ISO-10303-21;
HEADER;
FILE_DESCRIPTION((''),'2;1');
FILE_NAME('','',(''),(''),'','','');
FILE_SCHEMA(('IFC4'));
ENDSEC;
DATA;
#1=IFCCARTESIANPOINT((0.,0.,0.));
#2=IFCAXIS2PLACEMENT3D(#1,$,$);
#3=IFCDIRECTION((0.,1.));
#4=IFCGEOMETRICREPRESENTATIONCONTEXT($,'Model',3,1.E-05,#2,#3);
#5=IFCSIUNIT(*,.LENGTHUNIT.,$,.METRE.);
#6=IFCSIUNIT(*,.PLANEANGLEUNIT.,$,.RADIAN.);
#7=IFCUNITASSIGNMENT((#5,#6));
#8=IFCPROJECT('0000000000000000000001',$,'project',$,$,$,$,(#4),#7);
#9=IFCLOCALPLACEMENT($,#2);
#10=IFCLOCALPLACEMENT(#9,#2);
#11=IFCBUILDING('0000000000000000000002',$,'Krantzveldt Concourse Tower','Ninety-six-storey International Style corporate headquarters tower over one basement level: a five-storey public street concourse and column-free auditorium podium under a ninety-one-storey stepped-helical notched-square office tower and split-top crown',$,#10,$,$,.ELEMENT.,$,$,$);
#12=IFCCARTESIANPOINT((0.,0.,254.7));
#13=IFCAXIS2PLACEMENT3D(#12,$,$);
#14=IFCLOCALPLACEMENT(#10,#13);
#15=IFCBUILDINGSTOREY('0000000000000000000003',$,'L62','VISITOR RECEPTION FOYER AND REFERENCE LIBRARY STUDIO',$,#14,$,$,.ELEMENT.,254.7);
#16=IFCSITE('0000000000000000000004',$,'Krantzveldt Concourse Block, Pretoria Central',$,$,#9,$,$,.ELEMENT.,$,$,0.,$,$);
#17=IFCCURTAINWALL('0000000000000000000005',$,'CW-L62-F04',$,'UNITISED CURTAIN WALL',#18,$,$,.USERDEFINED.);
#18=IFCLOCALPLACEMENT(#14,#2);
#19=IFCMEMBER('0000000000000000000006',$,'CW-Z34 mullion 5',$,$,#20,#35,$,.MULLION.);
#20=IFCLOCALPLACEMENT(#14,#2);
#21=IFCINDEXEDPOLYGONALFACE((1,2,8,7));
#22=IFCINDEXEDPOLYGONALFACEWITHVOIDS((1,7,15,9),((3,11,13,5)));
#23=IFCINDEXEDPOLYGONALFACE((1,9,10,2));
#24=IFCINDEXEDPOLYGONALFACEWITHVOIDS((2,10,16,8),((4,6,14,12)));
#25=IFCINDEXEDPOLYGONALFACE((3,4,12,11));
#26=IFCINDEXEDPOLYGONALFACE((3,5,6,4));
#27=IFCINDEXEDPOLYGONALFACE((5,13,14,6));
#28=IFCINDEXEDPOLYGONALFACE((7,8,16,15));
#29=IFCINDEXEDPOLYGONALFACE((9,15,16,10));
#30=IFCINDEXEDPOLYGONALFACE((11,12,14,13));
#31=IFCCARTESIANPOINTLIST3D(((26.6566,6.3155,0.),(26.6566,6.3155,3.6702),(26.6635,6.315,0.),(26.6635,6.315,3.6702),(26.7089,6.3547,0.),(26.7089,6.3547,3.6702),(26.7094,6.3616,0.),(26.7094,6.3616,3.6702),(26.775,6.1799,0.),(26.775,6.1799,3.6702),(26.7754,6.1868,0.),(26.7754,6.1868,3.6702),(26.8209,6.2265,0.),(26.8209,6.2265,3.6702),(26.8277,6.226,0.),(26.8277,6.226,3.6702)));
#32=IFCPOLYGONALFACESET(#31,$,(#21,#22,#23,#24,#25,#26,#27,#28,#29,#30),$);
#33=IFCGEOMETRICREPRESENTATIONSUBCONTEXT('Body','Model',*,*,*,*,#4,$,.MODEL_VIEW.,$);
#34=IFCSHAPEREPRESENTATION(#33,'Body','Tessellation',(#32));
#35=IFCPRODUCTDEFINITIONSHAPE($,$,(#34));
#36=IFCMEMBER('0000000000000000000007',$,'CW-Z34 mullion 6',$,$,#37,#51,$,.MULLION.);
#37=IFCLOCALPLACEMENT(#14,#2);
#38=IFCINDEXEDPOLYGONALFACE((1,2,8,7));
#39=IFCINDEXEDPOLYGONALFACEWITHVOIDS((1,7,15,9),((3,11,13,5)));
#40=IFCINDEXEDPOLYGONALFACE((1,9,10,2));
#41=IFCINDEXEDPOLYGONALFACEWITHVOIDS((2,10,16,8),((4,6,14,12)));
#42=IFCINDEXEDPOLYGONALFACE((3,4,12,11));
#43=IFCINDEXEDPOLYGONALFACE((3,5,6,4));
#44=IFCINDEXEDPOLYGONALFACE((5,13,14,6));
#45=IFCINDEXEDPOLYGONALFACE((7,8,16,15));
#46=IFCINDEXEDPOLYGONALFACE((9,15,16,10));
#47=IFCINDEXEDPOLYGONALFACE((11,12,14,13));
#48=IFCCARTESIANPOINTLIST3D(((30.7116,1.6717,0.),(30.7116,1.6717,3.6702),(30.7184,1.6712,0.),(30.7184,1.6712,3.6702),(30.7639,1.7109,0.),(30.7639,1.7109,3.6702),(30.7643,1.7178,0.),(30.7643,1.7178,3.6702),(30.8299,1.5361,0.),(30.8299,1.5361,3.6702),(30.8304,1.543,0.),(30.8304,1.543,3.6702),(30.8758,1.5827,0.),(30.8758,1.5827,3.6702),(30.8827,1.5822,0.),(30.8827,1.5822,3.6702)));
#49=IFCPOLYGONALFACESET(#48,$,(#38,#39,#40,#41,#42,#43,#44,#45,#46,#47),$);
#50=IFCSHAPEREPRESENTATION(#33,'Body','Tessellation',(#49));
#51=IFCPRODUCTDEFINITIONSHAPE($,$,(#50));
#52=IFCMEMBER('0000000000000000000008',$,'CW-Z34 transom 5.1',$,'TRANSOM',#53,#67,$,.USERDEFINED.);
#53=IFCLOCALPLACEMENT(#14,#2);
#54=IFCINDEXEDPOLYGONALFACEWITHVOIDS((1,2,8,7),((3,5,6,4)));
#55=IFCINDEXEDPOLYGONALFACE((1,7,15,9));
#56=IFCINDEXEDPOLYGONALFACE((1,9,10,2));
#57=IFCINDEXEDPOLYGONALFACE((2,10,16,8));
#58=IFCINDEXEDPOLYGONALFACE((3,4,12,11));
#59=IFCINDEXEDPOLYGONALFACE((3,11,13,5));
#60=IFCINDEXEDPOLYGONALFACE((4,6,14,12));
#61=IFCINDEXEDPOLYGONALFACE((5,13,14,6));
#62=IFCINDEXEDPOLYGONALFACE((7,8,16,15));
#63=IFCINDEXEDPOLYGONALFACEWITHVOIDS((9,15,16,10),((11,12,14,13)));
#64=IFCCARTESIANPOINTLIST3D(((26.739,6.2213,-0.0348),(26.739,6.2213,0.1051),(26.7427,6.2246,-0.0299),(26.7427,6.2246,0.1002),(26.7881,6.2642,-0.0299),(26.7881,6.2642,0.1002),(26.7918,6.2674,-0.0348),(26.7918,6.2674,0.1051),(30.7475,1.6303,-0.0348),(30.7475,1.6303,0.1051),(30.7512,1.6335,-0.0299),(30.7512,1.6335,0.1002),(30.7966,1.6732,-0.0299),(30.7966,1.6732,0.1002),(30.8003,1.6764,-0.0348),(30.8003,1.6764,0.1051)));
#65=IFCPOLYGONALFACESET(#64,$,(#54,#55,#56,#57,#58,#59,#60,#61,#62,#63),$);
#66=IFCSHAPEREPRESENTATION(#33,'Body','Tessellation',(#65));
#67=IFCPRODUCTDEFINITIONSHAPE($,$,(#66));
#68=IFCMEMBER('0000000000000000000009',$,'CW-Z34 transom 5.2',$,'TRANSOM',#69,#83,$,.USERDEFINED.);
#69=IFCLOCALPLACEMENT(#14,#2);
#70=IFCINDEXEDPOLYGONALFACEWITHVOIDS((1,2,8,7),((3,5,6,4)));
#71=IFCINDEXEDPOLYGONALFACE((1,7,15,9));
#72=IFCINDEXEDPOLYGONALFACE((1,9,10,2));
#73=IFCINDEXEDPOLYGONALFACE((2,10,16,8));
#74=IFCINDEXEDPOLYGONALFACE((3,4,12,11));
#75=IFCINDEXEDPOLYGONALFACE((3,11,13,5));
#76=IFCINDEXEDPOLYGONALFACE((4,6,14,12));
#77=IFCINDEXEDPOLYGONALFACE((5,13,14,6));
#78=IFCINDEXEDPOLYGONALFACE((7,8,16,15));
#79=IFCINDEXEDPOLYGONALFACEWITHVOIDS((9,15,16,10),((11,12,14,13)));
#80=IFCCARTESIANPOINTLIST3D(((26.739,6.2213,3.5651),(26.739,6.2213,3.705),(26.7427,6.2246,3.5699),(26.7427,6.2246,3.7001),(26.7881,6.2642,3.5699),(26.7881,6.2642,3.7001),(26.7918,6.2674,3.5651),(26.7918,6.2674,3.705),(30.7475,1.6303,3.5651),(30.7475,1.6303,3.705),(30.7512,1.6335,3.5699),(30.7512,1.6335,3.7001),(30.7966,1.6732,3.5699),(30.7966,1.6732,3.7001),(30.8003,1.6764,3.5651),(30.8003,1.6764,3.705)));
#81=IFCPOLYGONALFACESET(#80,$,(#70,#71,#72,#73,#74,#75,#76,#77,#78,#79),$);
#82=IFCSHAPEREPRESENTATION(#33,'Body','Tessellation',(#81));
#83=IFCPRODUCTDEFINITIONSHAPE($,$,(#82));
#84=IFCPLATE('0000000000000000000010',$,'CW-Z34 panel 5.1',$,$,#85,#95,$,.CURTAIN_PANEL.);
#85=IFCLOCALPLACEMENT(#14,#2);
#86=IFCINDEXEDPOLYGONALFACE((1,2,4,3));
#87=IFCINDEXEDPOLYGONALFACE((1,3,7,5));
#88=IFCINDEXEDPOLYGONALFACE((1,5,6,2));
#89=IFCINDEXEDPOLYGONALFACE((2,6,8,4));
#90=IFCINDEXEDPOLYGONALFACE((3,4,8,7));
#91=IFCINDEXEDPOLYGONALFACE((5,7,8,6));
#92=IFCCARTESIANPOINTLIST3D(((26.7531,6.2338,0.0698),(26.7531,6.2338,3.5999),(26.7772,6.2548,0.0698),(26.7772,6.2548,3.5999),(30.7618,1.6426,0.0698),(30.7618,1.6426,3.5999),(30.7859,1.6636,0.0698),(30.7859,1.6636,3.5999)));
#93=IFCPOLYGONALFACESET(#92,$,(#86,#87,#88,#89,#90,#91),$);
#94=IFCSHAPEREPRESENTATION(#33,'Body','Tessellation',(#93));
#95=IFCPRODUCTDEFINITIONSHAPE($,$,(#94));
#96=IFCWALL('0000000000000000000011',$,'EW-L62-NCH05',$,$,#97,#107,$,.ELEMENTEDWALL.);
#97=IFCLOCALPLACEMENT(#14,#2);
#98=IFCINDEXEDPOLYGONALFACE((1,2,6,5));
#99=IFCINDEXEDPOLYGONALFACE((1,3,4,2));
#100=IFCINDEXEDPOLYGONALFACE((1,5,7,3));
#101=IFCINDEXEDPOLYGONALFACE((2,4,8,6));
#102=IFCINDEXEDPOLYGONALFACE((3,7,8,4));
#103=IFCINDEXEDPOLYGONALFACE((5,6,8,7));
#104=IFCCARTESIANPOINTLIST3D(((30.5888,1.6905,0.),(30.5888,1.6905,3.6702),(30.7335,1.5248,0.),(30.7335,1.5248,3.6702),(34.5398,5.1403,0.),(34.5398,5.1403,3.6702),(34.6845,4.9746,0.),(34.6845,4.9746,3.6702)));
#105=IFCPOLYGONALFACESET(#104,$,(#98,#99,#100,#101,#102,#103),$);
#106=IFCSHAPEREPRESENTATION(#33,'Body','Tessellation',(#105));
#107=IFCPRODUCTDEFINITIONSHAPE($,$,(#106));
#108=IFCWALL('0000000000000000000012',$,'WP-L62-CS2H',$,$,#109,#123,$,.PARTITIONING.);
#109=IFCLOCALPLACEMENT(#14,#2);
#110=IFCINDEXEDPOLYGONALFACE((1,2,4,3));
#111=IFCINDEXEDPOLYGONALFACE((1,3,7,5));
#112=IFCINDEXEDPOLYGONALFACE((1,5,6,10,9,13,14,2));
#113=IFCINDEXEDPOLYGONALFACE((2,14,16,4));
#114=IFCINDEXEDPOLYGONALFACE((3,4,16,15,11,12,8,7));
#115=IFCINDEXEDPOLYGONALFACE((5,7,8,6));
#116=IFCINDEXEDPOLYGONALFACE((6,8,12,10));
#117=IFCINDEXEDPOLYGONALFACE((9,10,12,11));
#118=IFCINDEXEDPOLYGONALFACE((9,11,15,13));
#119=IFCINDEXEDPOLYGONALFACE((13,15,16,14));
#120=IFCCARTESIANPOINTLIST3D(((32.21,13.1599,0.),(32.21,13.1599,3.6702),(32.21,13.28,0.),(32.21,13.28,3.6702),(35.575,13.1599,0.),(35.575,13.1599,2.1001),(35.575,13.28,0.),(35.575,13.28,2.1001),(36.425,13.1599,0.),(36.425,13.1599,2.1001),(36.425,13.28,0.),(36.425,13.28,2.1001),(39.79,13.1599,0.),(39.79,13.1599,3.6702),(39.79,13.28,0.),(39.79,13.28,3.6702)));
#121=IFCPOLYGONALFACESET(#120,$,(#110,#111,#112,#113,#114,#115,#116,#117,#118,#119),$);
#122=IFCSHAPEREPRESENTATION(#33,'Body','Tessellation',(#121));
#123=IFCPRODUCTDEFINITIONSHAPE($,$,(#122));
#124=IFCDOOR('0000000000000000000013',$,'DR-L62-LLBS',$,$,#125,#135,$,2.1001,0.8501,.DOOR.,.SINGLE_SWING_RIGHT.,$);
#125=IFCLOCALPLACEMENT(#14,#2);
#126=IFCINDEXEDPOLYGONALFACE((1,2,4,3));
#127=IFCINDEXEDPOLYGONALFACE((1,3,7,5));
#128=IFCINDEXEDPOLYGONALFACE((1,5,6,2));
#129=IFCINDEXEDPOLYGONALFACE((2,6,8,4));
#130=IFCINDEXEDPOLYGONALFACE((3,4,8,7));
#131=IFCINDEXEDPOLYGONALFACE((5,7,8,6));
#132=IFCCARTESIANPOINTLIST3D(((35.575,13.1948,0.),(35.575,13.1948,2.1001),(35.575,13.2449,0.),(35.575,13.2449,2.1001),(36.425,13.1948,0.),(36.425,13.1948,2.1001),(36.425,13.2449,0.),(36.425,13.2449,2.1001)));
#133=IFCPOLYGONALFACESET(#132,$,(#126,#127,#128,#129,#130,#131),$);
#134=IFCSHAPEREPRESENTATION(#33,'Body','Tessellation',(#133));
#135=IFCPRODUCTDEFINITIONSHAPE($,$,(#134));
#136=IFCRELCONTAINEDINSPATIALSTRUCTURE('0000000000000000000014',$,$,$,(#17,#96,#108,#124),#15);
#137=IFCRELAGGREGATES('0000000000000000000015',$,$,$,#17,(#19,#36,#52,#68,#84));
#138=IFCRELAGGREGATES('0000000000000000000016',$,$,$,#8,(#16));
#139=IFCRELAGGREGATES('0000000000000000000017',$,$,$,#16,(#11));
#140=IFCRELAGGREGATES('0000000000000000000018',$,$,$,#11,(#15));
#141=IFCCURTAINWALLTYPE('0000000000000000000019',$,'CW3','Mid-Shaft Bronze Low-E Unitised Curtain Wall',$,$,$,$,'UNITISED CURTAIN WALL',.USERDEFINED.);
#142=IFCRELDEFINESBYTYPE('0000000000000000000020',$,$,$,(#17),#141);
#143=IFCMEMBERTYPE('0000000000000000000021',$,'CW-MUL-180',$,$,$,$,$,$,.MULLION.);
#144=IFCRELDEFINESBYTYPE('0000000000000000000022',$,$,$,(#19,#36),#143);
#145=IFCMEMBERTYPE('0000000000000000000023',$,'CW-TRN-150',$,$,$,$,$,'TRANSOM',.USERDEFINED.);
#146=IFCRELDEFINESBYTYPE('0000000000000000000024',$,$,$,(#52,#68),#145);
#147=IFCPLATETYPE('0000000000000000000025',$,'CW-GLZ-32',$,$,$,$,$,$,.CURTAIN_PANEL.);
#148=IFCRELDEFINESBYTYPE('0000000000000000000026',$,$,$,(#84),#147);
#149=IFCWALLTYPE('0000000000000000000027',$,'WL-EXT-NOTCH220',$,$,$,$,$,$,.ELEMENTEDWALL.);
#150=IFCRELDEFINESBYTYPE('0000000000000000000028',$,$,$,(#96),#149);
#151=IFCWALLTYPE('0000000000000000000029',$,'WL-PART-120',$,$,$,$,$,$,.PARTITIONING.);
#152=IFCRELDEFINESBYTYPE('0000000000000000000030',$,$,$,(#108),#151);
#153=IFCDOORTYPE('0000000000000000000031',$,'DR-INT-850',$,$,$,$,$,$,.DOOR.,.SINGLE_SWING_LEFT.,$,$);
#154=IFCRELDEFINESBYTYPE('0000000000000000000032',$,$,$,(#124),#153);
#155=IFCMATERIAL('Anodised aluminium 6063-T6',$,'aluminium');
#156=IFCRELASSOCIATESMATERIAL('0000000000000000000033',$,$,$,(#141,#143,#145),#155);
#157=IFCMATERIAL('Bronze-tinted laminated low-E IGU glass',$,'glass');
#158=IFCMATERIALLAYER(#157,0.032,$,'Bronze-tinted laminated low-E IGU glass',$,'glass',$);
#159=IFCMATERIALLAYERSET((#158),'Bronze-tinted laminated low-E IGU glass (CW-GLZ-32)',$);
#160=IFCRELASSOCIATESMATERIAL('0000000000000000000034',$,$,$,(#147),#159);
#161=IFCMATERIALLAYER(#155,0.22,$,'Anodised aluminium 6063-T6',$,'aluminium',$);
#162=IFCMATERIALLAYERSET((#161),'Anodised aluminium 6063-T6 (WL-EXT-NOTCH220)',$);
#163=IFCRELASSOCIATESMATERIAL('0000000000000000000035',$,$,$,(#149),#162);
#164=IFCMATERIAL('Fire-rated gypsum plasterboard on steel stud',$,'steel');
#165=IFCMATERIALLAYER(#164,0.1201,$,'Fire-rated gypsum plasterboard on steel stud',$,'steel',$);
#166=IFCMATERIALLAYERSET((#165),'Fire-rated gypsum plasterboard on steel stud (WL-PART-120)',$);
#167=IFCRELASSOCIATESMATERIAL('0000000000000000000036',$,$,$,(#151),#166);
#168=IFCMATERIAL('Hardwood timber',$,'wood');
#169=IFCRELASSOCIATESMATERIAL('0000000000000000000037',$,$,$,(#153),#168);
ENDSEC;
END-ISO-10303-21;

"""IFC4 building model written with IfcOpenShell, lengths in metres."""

from ifc_helpers import new_model, si_unit, direction, frame, frame_2d, origin, origin_2d, place, context, subcontext, project, spatial, rectangle, hollow_rectangle, extrude, source, transform, mapped, material, layer, layer_set, material_profile, profile_set, type_object, type_shapes, element, fill, aggregate, save


model = new_model("IFC4")

# Units and contexts
model_context = context("Model", 3, precision=1e-05, world=origin(), true_north=direction((0.0, 1.0)))
body_context = subcontext(model_context, "Body", "Model", "MODEL_VIEW")
ifc_project = project(units=[si_unit("LENGTHUNIT", "METRE"), si_unit("PLANEANGLEUNIT", "RADIAN")], contexts=[model_context])

# Site, building, storey
site_placement = place(None, origin())
site = spatial("IfcSite", under=ifc_project, at=site_placement, Name="Krantzveldt Concourse Block, Pretoria Central", CompositionType="ELEMENT", RefElevation=0.0)
building_placement = place(site_placement, origin())
building = spatial("IfcBuilding", under=site, at=building_placement, Name="Krantzveldt Concourse Tower", Description="Ninety-six-storey International Style corporate headquarters tower over one basement level: a five-storey public street concourse and column-free auditorium podium under a ninety-one-storey stepped-helical notched-square office tower and split-top crown", CompositionType="ELEMENT")
storey_placement = place(building_placement, frame((0.0, 0.0, 254.7)))
storey = spatial("IfcBuildingStorey", under=building, at=storey_placement, Name="L62", Description="VISITOR RECEPTION FOYER AND REFERENCE LIBRARY STUDIO", CompositionType="ELEMENT", Elevation=254.7)

# Curtain wall, members, plate
ifc_material_1 = material(Name="Anodised aluminium 6063-T6", Category="aluminium")
curtain_wall_type = type_object("IfcCurtainWallType", Name="CW3", Description="Mid-Shaft Bronze Low-E Unitised Curtain Wall", ElementType="UNITISED CURTAIN WALL", PredefinedType="USERDEFINED", material=ifc_material_1)
curtain_wall_placement = place(storey_placement, origin())
curtain_wall = element("IfcCurtainWall", 1, at=curtain_wall_placement, inside=storey, type_object=curtain_wall_type, Name="CW-L62-F04", ObjectType="UNITISED CURTAIN WALL", PredefinedType="USERDEFINED")
ifc_material_profile_1 = material_profile(ifc_material_1, hollow_rectangle(XDim=0.0701, YDim=0.1799, WallThickness=0.0049, at=origin_2d()), Name="Anodised aluminium 6063-T6", Category="aluminium")
ifc_profile_set_1 = profile_set([ifc_material_profile_1], Name="Anodised aluminium 6063-T6 - ALU-MULL 180x70x5")
member_type_1 = type_object("IfcMemberType", Name="CW-MUL-180", PredefinedType="MULLION", material=ifc_profile_set_1)
shared_shape_1 = source(origin(), body_context, "Body", "SweptSolid", [
    extrude(hollow_rectangle(XDim=0.0701, YDim=0.1799, WallThickness=0.0049, at=origin_2d()), origin(), (0.0, 0.0, 1.0), 3.6702),
])
type_shapes(member_type_1, [shared_shape_1])
member_1_placement = place(storey_placement, frame((26.7422, 6.2708, 0.0), z_axis=(0.0, 0.0, 1.0), x_axis=(0.753277, 0.657704, 0.0)))
member_1 = element("IfcMember", 2, at=member_1_placement, type_object=member_type_1, Name="CW-Z34 mullion 5", PredefinedType="MULLION", context=body_context, shape_type="MappedRepresentation", body=[
    mapped(shared_shape_1, transform((0.0, 0.0, 0.0), x_axis=(1.0, 0.0, 0.0), y_axis=(0.0, 1.0, 0.0), z_axis=(0.0, 0.0, 1.0), scale=1.0)),
])
member_2_placement = place(storey_placement, frame((30.7971, 1.627, 0.0), z_axis=(0.0, 0.0, 1.0), x_axis=(0.753277, 0.657704, 0.0)))
member_2 = element("IfcMember", 3, at=member_2_placement, type_object=member_type_1, Name="CW-Z34 mullion 6", PredefinedType="MULLION", context=body_context, shape_type="MappedRepresentation", body=[
    mapped(shared_shape_1, transform((0.0, 0.0, 0.0), x_axis=(1.0, 0.0, 0.0), y_axis=(0.0, 1.0, 0.0), z_axis=(0.0, 0.0, 1.0), scale=1.0)),
])
ifc_material_profile_2 = material_profile(ifc_material_1, hollow_rectangle(XDim=0.0701, YDim=0.1399, WallThickness=0.0049, at=origin_2d()), Name="Anodised aluminium 6063-T6", Category="aluminium")
ifc_profile_set_2 = profile_set([ifc_material_profile_2], Name="Anodised aluminium 6063-T6 - ALU-TRAN 140x70x5")
member_type_2 = type_object("IfcMemberType", Name="CW-TRN-150", ElementType="TRANSOM", PredefinedType="USERDEFINED", material=ifc_profile_set_2)
shared_shape_2 = source(origin(), body_context, "Body", "SweptSolid", [
    extrude(hollow_rectangle(XDim=0.0701, YDim=0.1399, WallThickness=0.0049, at=origin_2d()), origin(), (0.0, 0.0, 1.0), 6.0947),
])
type_shapes(member_type_2, [shared_shape_2])
member_3_placement = place(storey_placement, frame((26.7654, 6.2444, 0.0352), z_axis=(0.657702, -0.753279, 0.0), x_axis=(0.753279, 0.657702, 0.0)))
member_3 = element("IfcMember", 4, at=member_3_placement, type_object=member_type_2, Name="CW-Z34 transom 5.1", ObjectType="TRANSOM", PredefinedType="USERDEFINED", context=body_context, shape_type="MappedRepresentation", body=[
    mapped(shared_shape_2, transform((0.0, 0.0, 0.0), x_axis=(1.0, 0.0, 0.0), y_axis=(0.0, 1.0, 0.0), z_axis=(0.0, 0.0, 1.0), scale=1.0)),
])
member_4_placement = place(storey_placement, frame((26.7654, 6.2444, 3.635), z_axis=(0.657702, -0.753279, 0.0), x_axis=(0.753279, 0.657702, 0.0)))
member_4 = element("IfcMember", 5, at=member_4_placement, type_object=member_type_2, Name="CW-Z34 transom 5.2", ObjectType="TRANSOM", PredefinedType="USERDEFINED", context=body_context, shape_type="MappedRepresentation", body=[
    mapped(shared_shape_2, transform((0.0, 0.0, 0.0), x_axis=(1.0, 0.0, 0.0), y_axis=(0.0, 1.0, 0.0), z_axis=(0.0, 0.0, 1.0), scale=1.0)),
])
ifc_material_2 = material(Name="Bronze-tinted laminated low-E IGU glass", Category="glass")
ifc_layer_1 = layer(ifc_material_2, 0.032, Name="Bronze-tinted laminated low-E IGU glass", Category="glass")
ifc_layer_set_1 = layer_set([ifc_layer_1], Name="Bronze-tinted laminated low-E IGU glass (CW-GLZ-32)")
plate_type = type_object("IfcPlateType", Name="CW-GLZ-32", PredefinedType="CURTAIN_PANEL", material=ifc_layer_set_1)
shared_shape_3 = source(origin(), body_context, "Body", "SweptSolid", [
    extrude(rectangle(XDim=6.095, YDim=0.032, at=origin_2d()), origin(), (0.0, 0.0, 1.0), 3.53),
])
type_shapes(plate_type, [shared_shape_3])
plate_placement = place(storey_placement, frame((28.7695, 3.9487, 0.0698), z_axis=(0.0, 0.0, 1.0), x_axis=(0.657704, -0.753277, 0.0)))
plate = element("IfcPlate", 6, at=plate_placement, type_object=plate_type, Name="CW-Z34 panel 5.1", PredefinedType="CURTAIN_PANEL", context=body_context, shape_type="MappedRepresentation", body=[
    mapped(shared_shape_3, transform((0.0, 0.0, 0.0), x_axis=(1.0, 0.0, 0.0), y_axis=(0.0, 1.0, 0.0), z_axis=(0.0, 0.0, 1.0), scale=1.0)),
])
aggregate(curtain_wall, [member_1, member_2, member_3, member_4, plate])

# Wall
ifc_layer_2 = layer(ifc_material_1, 0.22, Name="Anodised aluminium 6063-T6", Category="aluminium")
ifc_layer_set_2 = layer_set([ifc_layer_2], Name="Anodised aluminium 6063-T6 (WL-EXT-NOTCH220)")
wall_type_1 = type_object("IfcWallType", Name="WL-EXT-NOTCH220", PredefinedType="ELEMENTEDWALL", material=ifc_layer_set_2)
wall_1_placement = place(storey_placement, frame((30.6611, 1.6077, 0.0), z_axis=(0.0, 0.0, 1.0), x_axis=(0.753271, 0.65771, 0.0)))
element("IfcWall", 7, at=wall_1_placement, inside=storey, type_object=wall_type_1, Name="EW-L62-NCH05", PredefinedType="ELEMENTEDWALL", context=body_context, shape_type="SweptSolid", body=[
    extrude(rectangle(XDim=5.2451, YDim=0.22, at=frame_2d((2.6226, 0.0))), origin(), (0.0, 0.0, 1.0), 3.6702),
])

# Wall, opening, door
ifc_material_3 = material(Name="Fire-rated gypsum plasterboard on steel stud", Category="steel")
ifc_layer_3 = layer(ifc_material_3, 0.1201, Name="Fire-rated gypsum plasterboard on steel stud", Category="steel")
ifc_layer_set_3 = layer_set([ifc_layer_3], Name="Fire-rated gypsum plasterboard on steel stud (WL-PART-120)")
wall_type_2 = type_object("IfcWallType", Name="WL-PART-120", PredefinedType="PARTITIONING", material=ifc_layer_set_3)
wall_2_placement = place(storey_placement, frame((32.21, 13.22, 0.0), z_axis=(0.0, 0.0, 1.0), x_axis=(1.0, 0.0, 0.0)))
wall_2 = element("IfcWall", 8, at=wall_2_placement, inside=storey, type_object=wall_type_2, Name="WP-L62-CS2H", PredefinedType="PARTITIONING", context=body_context, shape_type="SweptSolid", body=[
    extrude(rectangle(XDim=7.5801, YDim=0.1201, at=frame_2d((3.79, 0.0))), origin(), (0.0, 0.0, 1.0), 3.6702),
])
opening_1_placement = place(wall_2_placement, frame((3.365, 0.0, 0.0)))
opening_1 = element("IfcOpeningElement", 9, at=opening_1_placement, cuts=wall_2, PredefinedType="OPENING", context=body_context, shape_type="SweptSolid", body=[
    extrude(rectangle(XDim=0.8501, YDim=2.1001, at=frame_2d((0.425, 1.05))), frame((0.0, 0.0701, 0.0), z_axis=(0.0, -1.0, 0.0), x_axis=(1.0, 0.0, 0.0)), (0.0, 0.0, 1.0), 0.1401),
])
ifc_material_4 = material(Name="Hardwood timber", Category="wood")
door_type_1 = type_object("IfcDoorType", Name="DR-INT-850", OperationType="SINGLE_SWING_LEFT", PredefinedType="DOOR", material=ifc_material_4)
door_1_placement = place(opening_1_placement, origin())
door_1 = element("IfcDoor", 10, at=door_1_placement, inside=storey, type_object=door_type_1, Name="DR-L62-LLBS", OperationType="SINGLE_SWING_RIGHT", OverallHeight=2.1001, OverallWidth=0.8501, PredefinedType="DOOR", context=body_context, shape_type="SweptSolid", body=[
    extrude(rectangle(XDim=0.8501, YDim=2.1001, at=frame_2d((0.425, 1.05))), frame((0.0, 0.0249, 0.0), z_axis=(0.0, -1.0, 0.0), x_axis=(1.0, 0.0, 0.0)), (0.0, 0.0, 1.0), 0.05),
])
fill(opening_1, door_1)

save(model, "model.ifc")
